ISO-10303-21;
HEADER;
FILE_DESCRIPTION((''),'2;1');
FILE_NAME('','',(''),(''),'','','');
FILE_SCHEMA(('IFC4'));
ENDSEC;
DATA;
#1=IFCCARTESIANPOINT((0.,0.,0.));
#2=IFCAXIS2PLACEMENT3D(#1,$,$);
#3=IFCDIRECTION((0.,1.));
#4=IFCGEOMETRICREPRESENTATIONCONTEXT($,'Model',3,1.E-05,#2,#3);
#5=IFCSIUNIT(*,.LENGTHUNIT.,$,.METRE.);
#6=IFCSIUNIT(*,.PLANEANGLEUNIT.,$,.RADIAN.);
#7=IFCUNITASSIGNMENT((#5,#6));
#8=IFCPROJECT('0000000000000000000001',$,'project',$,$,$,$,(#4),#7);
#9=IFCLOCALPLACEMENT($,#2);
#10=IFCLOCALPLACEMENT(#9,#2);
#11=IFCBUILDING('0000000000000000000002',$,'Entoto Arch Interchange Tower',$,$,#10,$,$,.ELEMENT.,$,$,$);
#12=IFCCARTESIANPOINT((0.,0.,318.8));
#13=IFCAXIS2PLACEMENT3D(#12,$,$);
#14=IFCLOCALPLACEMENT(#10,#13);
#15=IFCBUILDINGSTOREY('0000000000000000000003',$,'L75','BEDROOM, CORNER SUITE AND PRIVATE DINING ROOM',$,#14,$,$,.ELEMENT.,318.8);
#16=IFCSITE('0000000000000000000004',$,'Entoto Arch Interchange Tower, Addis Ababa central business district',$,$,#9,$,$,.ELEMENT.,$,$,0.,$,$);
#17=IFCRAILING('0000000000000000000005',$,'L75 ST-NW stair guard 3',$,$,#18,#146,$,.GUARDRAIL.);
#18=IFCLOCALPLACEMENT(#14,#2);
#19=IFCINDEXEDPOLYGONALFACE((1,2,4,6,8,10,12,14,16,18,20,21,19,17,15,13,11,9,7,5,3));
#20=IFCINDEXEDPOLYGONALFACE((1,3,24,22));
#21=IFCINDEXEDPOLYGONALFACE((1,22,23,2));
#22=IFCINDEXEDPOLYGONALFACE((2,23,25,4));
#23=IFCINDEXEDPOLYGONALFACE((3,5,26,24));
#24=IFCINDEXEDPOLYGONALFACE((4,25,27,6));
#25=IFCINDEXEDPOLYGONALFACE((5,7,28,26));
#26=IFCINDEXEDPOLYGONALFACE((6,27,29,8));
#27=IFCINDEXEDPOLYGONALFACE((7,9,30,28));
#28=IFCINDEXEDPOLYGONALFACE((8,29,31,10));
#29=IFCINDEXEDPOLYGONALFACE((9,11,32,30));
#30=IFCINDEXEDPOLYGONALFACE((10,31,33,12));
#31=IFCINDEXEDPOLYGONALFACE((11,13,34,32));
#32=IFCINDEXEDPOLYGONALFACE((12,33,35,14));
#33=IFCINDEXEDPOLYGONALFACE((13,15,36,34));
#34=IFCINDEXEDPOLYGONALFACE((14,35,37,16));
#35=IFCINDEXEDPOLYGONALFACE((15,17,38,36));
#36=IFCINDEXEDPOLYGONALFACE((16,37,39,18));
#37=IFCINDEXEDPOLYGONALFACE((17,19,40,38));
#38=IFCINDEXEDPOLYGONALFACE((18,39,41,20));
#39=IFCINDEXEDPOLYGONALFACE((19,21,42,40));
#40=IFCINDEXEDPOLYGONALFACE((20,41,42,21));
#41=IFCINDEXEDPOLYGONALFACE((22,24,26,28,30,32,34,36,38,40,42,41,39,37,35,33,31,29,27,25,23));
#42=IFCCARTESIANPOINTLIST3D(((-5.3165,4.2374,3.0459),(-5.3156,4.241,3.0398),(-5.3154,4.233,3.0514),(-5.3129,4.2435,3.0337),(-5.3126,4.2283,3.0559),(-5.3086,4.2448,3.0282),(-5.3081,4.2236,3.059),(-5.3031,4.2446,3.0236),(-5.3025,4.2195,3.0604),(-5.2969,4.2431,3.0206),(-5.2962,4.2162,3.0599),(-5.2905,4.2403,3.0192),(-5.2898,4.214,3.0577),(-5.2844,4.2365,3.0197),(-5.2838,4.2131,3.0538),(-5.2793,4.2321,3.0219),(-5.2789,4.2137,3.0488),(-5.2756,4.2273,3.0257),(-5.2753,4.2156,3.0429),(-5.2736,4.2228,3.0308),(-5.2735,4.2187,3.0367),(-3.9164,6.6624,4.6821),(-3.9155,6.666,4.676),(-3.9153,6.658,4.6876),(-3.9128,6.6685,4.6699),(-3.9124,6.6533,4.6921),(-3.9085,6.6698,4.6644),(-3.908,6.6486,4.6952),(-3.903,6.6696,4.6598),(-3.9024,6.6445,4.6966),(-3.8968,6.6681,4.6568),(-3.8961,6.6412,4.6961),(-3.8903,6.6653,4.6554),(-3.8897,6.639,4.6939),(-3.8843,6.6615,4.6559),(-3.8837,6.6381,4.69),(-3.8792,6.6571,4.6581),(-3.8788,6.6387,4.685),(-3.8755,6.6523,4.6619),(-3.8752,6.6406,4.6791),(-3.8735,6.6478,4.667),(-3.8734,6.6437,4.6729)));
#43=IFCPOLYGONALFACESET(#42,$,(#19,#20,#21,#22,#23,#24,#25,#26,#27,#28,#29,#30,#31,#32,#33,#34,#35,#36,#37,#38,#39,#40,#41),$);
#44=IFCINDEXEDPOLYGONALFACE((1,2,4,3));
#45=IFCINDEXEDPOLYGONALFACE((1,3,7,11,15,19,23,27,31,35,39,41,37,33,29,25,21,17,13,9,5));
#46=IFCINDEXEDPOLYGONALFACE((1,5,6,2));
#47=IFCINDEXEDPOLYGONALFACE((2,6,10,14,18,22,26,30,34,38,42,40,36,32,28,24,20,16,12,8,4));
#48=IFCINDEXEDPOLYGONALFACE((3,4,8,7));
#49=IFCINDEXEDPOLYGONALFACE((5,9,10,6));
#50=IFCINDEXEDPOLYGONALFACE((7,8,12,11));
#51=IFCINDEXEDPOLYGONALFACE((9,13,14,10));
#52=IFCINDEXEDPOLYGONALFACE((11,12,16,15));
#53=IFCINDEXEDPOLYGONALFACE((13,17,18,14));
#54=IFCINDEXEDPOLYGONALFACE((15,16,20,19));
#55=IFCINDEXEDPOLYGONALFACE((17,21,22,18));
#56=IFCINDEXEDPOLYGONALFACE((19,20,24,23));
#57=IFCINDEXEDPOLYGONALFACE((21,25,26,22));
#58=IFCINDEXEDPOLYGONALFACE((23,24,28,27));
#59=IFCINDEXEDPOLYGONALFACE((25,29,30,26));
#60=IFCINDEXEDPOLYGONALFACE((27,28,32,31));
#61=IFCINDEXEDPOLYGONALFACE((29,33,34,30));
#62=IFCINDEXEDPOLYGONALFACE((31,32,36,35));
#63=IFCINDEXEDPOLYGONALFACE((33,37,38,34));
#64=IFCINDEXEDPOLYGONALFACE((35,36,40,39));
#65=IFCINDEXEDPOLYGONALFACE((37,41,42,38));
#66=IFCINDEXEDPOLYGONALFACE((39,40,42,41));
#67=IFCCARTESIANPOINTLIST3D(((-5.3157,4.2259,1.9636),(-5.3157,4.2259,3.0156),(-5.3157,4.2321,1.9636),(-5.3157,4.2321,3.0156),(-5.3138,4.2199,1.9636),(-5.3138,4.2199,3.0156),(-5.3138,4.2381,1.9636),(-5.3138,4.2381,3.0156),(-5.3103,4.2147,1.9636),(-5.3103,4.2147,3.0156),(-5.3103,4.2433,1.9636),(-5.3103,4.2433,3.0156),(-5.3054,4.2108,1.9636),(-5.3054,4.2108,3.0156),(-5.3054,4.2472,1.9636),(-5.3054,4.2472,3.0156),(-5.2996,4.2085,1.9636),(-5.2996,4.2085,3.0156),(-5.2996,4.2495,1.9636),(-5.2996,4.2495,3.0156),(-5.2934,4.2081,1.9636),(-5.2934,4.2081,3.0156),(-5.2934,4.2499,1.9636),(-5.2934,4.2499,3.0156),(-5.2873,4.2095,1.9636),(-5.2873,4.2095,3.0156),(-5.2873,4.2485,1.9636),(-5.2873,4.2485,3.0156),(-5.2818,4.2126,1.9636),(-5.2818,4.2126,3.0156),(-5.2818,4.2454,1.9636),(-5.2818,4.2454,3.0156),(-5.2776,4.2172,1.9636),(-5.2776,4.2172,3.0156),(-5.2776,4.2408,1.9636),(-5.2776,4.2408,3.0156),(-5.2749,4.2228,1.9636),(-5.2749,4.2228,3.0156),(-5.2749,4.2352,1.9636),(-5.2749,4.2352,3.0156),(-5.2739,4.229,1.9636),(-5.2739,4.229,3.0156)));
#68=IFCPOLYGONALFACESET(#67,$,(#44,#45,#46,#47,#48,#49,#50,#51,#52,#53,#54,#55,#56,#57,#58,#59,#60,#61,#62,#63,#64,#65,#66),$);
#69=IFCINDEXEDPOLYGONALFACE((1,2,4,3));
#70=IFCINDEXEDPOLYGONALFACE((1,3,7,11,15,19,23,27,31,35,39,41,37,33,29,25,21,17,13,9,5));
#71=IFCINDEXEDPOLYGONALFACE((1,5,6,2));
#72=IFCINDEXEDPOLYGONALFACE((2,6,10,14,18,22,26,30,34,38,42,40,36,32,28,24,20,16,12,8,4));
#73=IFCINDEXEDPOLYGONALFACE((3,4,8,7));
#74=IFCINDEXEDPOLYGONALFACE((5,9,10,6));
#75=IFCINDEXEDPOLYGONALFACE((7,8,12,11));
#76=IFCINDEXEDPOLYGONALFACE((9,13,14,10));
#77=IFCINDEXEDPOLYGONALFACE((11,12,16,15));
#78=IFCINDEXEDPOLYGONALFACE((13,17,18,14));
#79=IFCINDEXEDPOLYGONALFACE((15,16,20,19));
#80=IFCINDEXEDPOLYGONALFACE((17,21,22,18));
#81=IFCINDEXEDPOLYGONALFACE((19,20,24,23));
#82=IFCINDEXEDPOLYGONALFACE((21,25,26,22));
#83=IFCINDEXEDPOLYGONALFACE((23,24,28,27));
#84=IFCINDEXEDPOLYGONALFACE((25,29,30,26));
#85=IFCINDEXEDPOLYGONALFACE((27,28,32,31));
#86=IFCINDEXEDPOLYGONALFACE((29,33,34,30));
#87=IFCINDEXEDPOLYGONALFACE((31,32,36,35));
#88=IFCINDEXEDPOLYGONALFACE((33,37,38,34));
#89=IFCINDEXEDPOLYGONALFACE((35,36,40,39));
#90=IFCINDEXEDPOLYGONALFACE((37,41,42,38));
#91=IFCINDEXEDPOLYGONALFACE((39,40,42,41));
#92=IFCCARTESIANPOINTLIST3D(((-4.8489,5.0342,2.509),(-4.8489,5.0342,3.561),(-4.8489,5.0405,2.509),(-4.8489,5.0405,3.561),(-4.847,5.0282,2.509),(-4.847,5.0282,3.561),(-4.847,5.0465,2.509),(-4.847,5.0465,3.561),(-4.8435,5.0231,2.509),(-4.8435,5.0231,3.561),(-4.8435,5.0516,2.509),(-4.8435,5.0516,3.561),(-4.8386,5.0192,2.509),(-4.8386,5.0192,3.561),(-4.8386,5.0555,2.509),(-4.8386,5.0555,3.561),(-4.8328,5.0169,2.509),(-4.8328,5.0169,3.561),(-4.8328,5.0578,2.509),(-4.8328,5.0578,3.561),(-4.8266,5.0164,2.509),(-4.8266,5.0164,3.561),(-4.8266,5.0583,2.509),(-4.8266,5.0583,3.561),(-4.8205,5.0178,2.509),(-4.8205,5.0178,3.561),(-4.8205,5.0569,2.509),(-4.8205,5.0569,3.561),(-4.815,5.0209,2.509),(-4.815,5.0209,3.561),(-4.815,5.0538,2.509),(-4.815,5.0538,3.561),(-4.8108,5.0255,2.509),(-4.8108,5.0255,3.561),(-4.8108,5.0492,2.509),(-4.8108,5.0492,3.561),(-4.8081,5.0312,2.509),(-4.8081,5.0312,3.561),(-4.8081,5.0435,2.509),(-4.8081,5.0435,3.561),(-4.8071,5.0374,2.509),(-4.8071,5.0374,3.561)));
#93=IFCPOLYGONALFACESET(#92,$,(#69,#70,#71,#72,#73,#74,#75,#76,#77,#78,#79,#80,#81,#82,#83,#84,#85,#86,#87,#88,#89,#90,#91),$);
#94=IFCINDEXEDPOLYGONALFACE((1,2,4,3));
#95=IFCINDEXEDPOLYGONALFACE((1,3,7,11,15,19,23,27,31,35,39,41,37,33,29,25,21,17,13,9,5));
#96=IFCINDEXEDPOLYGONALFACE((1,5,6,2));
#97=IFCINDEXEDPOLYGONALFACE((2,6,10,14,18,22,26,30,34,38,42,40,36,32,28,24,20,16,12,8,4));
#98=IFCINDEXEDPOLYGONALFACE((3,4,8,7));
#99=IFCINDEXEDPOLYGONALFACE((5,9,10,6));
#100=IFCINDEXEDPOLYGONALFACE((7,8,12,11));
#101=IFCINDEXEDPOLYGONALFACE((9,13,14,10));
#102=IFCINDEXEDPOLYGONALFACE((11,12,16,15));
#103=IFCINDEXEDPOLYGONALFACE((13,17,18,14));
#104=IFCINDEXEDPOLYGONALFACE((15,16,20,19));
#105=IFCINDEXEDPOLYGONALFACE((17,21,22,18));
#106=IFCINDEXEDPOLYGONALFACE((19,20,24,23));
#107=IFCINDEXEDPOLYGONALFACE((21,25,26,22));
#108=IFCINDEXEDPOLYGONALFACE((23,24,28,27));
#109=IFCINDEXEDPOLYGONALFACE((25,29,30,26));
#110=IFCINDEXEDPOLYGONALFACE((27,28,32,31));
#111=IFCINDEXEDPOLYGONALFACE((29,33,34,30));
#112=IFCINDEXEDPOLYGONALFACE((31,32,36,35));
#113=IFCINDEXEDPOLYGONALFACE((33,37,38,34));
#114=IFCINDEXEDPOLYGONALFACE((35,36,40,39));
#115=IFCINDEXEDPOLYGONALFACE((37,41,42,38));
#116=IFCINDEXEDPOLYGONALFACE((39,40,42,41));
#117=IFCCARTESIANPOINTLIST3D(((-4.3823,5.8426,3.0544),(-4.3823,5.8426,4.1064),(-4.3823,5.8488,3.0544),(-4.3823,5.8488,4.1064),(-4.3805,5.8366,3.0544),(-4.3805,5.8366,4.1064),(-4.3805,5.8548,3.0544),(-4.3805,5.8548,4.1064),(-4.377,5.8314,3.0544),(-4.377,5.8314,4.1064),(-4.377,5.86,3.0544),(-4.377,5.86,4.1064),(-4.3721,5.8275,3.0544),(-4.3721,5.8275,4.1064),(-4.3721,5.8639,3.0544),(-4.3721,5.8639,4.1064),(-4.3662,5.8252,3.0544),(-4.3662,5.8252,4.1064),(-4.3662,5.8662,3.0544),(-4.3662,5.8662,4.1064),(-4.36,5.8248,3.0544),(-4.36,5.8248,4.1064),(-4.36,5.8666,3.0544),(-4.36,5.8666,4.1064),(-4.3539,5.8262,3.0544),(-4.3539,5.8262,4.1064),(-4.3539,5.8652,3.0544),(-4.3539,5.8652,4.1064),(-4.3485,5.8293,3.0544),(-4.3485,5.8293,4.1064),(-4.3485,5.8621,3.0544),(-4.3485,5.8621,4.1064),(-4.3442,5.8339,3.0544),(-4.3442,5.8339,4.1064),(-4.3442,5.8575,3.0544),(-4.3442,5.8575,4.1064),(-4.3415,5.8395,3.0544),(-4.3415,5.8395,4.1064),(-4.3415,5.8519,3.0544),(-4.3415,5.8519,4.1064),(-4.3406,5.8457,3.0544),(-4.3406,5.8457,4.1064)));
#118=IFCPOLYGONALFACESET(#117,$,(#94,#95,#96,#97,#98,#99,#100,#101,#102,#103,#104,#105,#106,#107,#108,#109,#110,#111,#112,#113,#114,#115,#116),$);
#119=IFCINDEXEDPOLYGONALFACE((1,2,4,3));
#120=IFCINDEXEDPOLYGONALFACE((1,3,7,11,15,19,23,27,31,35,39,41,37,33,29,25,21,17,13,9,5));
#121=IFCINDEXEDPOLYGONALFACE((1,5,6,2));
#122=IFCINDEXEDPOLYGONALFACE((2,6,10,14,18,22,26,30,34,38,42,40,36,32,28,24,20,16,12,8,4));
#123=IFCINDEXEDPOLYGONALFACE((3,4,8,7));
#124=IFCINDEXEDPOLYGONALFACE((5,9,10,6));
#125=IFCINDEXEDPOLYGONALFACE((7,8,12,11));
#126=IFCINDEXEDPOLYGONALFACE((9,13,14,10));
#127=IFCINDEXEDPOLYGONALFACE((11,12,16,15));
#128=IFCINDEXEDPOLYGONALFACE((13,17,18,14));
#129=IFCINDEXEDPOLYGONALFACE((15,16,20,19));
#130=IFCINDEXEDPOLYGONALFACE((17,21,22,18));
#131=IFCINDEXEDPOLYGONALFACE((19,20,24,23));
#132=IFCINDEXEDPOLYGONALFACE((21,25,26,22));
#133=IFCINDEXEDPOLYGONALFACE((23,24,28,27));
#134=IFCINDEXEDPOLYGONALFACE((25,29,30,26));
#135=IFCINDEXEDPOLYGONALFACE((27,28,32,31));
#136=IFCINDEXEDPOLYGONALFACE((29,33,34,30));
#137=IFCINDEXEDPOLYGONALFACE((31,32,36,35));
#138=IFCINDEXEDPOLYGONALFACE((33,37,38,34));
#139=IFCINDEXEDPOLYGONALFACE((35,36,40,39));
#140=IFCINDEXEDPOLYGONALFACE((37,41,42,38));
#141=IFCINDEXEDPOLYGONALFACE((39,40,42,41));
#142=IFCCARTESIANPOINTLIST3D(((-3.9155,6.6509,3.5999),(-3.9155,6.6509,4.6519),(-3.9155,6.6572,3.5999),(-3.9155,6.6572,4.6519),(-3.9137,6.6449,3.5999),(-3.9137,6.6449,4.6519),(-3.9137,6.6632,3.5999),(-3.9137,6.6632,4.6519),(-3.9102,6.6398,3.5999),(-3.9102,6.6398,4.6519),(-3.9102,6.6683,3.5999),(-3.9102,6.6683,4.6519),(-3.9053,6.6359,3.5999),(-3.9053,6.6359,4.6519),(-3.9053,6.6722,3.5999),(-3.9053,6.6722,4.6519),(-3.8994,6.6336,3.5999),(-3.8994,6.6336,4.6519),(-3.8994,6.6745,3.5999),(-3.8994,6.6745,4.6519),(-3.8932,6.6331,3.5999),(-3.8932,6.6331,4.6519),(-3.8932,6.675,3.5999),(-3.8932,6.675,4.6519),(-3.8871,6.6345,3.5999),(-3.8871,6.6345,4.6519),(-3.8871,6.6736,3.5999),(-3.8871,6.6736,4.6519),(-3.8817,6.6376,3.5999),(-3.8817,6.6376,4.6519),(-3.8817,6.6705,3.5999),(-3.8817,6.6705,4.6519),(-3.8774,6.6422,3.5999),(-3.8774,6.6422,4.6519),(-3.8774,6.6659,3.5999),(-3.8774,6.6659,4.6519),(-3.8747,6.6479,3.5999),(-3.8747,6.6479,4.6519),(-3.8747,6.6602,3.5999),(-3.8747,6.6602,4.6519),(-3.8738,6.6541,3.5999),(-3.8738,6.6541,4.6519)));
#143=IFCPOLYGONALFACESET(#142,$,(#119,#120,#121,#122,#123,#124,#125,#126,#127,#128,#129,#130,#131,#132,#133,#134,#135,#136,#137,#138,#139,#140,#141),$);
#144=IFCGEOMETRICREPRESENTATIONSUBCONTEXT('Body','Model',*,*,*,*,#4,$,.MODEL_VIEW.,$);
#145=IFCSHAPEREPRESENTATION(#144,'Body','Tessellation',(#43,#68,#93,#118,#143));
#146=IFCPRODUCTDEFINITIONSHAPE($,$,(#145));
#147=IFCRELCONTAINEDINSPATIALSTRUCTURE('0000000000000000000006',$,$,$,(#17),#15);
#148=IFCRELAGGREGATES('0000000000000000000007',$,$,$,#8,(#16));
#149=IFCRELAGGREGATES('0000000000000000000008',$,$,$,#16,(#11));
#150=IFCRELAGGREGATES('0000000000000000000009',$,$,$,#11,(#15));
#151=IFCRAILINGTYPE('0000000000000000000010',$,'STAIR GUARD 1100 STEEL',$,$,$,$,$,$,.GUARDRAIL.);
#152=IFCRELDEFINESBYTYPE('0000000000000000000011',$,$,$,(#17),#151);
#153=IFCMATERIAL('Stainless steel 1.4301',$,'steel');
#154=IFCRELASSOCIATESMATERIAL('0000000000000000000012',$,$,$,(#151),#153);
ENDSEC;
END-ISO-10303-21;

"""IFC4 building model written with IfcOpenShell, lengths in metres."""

from ifc_helpers import new_model, si_unit, direction, frame, origin, origin_2d, place, context, subcontext, project, spatial, circle, extrude, material, type_object, element, save


model = new_model("IFC4")

# Units and contexts
model_context = context("Model", 3, precision=1e-05, world=origin(), true_north=direction((0.0, 1.0)))
body_context = subcontext(model_context, "Body", "Model", "MODEL_VIEW")
ifc_project = project(units=[si_unit("LENGTHUNIT", "METRE"), si_unit("PLANEANGLEUNIT", "RADIAN")], contexts=[model_context])

# Site, building, storey
site_placement = place(None, origin())
site = spatial("IfcSite", under=ifc_project, at=site_placement, Name="Entoto Arch Interchange Tower, Addis Ababa central business district", CompositionType="ELEMENT", RefElevation=0.0)
building_placement = place(site_placement, origin())
building = spatial("IfcBuilding", under=site, at=building_placement, Name="Entoto Arch Interchange Tower", CompositionType="ELEMENT")
storey_placement = place(building_placement, frame((0.0, 0.0, 318.8)))
storey = spatial("IfcBuildingStorey", under=building, at=storey_placement, Name="L75", Description="BEDROOM, CORNER SUITE AND PRIVATE DINING ROOM", CompositionType="ELEMENT", Elevation=318.8)

# Railing
ifc_material_1 = material(Name="Stainless steel 1.4301", Category="steel")
railing_type_1 = type_object("IfcRailingType", Name="STAIR GUARD 1100 STEEL", PredefinedType="GUARDRAIL", material=ifc_material_1)
railing_1_placement = place(storey_placement, frame((-5.2949, 4.229, 1.9636)))
element("IfcRailing", 1, at=railing_1_placement, inside=storey, type_object=railing_type_1, Name="L75 ST-NW stair guard 3", PredefinedType="GUARDRAIL", context=body_context, shape_type="SweptSolid", body=[
    extrude(circle(Radius=0.0239, at=origin_2d()), frame((0.0, 0.0, 1.0762), z_axis=(0.431714, 0.747727, 0.504507), x_axis=(-0.866019, 0.500012, 0.0)), (0.0, 0.0, 1.0), 3.2432),
    extrude(circle(Radius=0.021, at=origin_2d()), origin(), (0.0, 0.0, 1.0), 1.052),
    extrude(circle(Radius=0.021, at=origin_2d()), frame((0.4668, 0.8083, 0.5454)), (0.0, 0.0, 1.0), 1.052),
    extrude(circle(Radius=0.021, at=origin_2d()), frame((0.9333, 1.6167, 1.0908)), (0.0, 0.0, 1.0), 1.052),
    extrude(circle(Radius=0.021, at=origin_2d()), frame((1.4001, 2.425, 1.6362)), (0.0, 0.0, 1.0), 1.052),
])

save(model, "model.ifc")
